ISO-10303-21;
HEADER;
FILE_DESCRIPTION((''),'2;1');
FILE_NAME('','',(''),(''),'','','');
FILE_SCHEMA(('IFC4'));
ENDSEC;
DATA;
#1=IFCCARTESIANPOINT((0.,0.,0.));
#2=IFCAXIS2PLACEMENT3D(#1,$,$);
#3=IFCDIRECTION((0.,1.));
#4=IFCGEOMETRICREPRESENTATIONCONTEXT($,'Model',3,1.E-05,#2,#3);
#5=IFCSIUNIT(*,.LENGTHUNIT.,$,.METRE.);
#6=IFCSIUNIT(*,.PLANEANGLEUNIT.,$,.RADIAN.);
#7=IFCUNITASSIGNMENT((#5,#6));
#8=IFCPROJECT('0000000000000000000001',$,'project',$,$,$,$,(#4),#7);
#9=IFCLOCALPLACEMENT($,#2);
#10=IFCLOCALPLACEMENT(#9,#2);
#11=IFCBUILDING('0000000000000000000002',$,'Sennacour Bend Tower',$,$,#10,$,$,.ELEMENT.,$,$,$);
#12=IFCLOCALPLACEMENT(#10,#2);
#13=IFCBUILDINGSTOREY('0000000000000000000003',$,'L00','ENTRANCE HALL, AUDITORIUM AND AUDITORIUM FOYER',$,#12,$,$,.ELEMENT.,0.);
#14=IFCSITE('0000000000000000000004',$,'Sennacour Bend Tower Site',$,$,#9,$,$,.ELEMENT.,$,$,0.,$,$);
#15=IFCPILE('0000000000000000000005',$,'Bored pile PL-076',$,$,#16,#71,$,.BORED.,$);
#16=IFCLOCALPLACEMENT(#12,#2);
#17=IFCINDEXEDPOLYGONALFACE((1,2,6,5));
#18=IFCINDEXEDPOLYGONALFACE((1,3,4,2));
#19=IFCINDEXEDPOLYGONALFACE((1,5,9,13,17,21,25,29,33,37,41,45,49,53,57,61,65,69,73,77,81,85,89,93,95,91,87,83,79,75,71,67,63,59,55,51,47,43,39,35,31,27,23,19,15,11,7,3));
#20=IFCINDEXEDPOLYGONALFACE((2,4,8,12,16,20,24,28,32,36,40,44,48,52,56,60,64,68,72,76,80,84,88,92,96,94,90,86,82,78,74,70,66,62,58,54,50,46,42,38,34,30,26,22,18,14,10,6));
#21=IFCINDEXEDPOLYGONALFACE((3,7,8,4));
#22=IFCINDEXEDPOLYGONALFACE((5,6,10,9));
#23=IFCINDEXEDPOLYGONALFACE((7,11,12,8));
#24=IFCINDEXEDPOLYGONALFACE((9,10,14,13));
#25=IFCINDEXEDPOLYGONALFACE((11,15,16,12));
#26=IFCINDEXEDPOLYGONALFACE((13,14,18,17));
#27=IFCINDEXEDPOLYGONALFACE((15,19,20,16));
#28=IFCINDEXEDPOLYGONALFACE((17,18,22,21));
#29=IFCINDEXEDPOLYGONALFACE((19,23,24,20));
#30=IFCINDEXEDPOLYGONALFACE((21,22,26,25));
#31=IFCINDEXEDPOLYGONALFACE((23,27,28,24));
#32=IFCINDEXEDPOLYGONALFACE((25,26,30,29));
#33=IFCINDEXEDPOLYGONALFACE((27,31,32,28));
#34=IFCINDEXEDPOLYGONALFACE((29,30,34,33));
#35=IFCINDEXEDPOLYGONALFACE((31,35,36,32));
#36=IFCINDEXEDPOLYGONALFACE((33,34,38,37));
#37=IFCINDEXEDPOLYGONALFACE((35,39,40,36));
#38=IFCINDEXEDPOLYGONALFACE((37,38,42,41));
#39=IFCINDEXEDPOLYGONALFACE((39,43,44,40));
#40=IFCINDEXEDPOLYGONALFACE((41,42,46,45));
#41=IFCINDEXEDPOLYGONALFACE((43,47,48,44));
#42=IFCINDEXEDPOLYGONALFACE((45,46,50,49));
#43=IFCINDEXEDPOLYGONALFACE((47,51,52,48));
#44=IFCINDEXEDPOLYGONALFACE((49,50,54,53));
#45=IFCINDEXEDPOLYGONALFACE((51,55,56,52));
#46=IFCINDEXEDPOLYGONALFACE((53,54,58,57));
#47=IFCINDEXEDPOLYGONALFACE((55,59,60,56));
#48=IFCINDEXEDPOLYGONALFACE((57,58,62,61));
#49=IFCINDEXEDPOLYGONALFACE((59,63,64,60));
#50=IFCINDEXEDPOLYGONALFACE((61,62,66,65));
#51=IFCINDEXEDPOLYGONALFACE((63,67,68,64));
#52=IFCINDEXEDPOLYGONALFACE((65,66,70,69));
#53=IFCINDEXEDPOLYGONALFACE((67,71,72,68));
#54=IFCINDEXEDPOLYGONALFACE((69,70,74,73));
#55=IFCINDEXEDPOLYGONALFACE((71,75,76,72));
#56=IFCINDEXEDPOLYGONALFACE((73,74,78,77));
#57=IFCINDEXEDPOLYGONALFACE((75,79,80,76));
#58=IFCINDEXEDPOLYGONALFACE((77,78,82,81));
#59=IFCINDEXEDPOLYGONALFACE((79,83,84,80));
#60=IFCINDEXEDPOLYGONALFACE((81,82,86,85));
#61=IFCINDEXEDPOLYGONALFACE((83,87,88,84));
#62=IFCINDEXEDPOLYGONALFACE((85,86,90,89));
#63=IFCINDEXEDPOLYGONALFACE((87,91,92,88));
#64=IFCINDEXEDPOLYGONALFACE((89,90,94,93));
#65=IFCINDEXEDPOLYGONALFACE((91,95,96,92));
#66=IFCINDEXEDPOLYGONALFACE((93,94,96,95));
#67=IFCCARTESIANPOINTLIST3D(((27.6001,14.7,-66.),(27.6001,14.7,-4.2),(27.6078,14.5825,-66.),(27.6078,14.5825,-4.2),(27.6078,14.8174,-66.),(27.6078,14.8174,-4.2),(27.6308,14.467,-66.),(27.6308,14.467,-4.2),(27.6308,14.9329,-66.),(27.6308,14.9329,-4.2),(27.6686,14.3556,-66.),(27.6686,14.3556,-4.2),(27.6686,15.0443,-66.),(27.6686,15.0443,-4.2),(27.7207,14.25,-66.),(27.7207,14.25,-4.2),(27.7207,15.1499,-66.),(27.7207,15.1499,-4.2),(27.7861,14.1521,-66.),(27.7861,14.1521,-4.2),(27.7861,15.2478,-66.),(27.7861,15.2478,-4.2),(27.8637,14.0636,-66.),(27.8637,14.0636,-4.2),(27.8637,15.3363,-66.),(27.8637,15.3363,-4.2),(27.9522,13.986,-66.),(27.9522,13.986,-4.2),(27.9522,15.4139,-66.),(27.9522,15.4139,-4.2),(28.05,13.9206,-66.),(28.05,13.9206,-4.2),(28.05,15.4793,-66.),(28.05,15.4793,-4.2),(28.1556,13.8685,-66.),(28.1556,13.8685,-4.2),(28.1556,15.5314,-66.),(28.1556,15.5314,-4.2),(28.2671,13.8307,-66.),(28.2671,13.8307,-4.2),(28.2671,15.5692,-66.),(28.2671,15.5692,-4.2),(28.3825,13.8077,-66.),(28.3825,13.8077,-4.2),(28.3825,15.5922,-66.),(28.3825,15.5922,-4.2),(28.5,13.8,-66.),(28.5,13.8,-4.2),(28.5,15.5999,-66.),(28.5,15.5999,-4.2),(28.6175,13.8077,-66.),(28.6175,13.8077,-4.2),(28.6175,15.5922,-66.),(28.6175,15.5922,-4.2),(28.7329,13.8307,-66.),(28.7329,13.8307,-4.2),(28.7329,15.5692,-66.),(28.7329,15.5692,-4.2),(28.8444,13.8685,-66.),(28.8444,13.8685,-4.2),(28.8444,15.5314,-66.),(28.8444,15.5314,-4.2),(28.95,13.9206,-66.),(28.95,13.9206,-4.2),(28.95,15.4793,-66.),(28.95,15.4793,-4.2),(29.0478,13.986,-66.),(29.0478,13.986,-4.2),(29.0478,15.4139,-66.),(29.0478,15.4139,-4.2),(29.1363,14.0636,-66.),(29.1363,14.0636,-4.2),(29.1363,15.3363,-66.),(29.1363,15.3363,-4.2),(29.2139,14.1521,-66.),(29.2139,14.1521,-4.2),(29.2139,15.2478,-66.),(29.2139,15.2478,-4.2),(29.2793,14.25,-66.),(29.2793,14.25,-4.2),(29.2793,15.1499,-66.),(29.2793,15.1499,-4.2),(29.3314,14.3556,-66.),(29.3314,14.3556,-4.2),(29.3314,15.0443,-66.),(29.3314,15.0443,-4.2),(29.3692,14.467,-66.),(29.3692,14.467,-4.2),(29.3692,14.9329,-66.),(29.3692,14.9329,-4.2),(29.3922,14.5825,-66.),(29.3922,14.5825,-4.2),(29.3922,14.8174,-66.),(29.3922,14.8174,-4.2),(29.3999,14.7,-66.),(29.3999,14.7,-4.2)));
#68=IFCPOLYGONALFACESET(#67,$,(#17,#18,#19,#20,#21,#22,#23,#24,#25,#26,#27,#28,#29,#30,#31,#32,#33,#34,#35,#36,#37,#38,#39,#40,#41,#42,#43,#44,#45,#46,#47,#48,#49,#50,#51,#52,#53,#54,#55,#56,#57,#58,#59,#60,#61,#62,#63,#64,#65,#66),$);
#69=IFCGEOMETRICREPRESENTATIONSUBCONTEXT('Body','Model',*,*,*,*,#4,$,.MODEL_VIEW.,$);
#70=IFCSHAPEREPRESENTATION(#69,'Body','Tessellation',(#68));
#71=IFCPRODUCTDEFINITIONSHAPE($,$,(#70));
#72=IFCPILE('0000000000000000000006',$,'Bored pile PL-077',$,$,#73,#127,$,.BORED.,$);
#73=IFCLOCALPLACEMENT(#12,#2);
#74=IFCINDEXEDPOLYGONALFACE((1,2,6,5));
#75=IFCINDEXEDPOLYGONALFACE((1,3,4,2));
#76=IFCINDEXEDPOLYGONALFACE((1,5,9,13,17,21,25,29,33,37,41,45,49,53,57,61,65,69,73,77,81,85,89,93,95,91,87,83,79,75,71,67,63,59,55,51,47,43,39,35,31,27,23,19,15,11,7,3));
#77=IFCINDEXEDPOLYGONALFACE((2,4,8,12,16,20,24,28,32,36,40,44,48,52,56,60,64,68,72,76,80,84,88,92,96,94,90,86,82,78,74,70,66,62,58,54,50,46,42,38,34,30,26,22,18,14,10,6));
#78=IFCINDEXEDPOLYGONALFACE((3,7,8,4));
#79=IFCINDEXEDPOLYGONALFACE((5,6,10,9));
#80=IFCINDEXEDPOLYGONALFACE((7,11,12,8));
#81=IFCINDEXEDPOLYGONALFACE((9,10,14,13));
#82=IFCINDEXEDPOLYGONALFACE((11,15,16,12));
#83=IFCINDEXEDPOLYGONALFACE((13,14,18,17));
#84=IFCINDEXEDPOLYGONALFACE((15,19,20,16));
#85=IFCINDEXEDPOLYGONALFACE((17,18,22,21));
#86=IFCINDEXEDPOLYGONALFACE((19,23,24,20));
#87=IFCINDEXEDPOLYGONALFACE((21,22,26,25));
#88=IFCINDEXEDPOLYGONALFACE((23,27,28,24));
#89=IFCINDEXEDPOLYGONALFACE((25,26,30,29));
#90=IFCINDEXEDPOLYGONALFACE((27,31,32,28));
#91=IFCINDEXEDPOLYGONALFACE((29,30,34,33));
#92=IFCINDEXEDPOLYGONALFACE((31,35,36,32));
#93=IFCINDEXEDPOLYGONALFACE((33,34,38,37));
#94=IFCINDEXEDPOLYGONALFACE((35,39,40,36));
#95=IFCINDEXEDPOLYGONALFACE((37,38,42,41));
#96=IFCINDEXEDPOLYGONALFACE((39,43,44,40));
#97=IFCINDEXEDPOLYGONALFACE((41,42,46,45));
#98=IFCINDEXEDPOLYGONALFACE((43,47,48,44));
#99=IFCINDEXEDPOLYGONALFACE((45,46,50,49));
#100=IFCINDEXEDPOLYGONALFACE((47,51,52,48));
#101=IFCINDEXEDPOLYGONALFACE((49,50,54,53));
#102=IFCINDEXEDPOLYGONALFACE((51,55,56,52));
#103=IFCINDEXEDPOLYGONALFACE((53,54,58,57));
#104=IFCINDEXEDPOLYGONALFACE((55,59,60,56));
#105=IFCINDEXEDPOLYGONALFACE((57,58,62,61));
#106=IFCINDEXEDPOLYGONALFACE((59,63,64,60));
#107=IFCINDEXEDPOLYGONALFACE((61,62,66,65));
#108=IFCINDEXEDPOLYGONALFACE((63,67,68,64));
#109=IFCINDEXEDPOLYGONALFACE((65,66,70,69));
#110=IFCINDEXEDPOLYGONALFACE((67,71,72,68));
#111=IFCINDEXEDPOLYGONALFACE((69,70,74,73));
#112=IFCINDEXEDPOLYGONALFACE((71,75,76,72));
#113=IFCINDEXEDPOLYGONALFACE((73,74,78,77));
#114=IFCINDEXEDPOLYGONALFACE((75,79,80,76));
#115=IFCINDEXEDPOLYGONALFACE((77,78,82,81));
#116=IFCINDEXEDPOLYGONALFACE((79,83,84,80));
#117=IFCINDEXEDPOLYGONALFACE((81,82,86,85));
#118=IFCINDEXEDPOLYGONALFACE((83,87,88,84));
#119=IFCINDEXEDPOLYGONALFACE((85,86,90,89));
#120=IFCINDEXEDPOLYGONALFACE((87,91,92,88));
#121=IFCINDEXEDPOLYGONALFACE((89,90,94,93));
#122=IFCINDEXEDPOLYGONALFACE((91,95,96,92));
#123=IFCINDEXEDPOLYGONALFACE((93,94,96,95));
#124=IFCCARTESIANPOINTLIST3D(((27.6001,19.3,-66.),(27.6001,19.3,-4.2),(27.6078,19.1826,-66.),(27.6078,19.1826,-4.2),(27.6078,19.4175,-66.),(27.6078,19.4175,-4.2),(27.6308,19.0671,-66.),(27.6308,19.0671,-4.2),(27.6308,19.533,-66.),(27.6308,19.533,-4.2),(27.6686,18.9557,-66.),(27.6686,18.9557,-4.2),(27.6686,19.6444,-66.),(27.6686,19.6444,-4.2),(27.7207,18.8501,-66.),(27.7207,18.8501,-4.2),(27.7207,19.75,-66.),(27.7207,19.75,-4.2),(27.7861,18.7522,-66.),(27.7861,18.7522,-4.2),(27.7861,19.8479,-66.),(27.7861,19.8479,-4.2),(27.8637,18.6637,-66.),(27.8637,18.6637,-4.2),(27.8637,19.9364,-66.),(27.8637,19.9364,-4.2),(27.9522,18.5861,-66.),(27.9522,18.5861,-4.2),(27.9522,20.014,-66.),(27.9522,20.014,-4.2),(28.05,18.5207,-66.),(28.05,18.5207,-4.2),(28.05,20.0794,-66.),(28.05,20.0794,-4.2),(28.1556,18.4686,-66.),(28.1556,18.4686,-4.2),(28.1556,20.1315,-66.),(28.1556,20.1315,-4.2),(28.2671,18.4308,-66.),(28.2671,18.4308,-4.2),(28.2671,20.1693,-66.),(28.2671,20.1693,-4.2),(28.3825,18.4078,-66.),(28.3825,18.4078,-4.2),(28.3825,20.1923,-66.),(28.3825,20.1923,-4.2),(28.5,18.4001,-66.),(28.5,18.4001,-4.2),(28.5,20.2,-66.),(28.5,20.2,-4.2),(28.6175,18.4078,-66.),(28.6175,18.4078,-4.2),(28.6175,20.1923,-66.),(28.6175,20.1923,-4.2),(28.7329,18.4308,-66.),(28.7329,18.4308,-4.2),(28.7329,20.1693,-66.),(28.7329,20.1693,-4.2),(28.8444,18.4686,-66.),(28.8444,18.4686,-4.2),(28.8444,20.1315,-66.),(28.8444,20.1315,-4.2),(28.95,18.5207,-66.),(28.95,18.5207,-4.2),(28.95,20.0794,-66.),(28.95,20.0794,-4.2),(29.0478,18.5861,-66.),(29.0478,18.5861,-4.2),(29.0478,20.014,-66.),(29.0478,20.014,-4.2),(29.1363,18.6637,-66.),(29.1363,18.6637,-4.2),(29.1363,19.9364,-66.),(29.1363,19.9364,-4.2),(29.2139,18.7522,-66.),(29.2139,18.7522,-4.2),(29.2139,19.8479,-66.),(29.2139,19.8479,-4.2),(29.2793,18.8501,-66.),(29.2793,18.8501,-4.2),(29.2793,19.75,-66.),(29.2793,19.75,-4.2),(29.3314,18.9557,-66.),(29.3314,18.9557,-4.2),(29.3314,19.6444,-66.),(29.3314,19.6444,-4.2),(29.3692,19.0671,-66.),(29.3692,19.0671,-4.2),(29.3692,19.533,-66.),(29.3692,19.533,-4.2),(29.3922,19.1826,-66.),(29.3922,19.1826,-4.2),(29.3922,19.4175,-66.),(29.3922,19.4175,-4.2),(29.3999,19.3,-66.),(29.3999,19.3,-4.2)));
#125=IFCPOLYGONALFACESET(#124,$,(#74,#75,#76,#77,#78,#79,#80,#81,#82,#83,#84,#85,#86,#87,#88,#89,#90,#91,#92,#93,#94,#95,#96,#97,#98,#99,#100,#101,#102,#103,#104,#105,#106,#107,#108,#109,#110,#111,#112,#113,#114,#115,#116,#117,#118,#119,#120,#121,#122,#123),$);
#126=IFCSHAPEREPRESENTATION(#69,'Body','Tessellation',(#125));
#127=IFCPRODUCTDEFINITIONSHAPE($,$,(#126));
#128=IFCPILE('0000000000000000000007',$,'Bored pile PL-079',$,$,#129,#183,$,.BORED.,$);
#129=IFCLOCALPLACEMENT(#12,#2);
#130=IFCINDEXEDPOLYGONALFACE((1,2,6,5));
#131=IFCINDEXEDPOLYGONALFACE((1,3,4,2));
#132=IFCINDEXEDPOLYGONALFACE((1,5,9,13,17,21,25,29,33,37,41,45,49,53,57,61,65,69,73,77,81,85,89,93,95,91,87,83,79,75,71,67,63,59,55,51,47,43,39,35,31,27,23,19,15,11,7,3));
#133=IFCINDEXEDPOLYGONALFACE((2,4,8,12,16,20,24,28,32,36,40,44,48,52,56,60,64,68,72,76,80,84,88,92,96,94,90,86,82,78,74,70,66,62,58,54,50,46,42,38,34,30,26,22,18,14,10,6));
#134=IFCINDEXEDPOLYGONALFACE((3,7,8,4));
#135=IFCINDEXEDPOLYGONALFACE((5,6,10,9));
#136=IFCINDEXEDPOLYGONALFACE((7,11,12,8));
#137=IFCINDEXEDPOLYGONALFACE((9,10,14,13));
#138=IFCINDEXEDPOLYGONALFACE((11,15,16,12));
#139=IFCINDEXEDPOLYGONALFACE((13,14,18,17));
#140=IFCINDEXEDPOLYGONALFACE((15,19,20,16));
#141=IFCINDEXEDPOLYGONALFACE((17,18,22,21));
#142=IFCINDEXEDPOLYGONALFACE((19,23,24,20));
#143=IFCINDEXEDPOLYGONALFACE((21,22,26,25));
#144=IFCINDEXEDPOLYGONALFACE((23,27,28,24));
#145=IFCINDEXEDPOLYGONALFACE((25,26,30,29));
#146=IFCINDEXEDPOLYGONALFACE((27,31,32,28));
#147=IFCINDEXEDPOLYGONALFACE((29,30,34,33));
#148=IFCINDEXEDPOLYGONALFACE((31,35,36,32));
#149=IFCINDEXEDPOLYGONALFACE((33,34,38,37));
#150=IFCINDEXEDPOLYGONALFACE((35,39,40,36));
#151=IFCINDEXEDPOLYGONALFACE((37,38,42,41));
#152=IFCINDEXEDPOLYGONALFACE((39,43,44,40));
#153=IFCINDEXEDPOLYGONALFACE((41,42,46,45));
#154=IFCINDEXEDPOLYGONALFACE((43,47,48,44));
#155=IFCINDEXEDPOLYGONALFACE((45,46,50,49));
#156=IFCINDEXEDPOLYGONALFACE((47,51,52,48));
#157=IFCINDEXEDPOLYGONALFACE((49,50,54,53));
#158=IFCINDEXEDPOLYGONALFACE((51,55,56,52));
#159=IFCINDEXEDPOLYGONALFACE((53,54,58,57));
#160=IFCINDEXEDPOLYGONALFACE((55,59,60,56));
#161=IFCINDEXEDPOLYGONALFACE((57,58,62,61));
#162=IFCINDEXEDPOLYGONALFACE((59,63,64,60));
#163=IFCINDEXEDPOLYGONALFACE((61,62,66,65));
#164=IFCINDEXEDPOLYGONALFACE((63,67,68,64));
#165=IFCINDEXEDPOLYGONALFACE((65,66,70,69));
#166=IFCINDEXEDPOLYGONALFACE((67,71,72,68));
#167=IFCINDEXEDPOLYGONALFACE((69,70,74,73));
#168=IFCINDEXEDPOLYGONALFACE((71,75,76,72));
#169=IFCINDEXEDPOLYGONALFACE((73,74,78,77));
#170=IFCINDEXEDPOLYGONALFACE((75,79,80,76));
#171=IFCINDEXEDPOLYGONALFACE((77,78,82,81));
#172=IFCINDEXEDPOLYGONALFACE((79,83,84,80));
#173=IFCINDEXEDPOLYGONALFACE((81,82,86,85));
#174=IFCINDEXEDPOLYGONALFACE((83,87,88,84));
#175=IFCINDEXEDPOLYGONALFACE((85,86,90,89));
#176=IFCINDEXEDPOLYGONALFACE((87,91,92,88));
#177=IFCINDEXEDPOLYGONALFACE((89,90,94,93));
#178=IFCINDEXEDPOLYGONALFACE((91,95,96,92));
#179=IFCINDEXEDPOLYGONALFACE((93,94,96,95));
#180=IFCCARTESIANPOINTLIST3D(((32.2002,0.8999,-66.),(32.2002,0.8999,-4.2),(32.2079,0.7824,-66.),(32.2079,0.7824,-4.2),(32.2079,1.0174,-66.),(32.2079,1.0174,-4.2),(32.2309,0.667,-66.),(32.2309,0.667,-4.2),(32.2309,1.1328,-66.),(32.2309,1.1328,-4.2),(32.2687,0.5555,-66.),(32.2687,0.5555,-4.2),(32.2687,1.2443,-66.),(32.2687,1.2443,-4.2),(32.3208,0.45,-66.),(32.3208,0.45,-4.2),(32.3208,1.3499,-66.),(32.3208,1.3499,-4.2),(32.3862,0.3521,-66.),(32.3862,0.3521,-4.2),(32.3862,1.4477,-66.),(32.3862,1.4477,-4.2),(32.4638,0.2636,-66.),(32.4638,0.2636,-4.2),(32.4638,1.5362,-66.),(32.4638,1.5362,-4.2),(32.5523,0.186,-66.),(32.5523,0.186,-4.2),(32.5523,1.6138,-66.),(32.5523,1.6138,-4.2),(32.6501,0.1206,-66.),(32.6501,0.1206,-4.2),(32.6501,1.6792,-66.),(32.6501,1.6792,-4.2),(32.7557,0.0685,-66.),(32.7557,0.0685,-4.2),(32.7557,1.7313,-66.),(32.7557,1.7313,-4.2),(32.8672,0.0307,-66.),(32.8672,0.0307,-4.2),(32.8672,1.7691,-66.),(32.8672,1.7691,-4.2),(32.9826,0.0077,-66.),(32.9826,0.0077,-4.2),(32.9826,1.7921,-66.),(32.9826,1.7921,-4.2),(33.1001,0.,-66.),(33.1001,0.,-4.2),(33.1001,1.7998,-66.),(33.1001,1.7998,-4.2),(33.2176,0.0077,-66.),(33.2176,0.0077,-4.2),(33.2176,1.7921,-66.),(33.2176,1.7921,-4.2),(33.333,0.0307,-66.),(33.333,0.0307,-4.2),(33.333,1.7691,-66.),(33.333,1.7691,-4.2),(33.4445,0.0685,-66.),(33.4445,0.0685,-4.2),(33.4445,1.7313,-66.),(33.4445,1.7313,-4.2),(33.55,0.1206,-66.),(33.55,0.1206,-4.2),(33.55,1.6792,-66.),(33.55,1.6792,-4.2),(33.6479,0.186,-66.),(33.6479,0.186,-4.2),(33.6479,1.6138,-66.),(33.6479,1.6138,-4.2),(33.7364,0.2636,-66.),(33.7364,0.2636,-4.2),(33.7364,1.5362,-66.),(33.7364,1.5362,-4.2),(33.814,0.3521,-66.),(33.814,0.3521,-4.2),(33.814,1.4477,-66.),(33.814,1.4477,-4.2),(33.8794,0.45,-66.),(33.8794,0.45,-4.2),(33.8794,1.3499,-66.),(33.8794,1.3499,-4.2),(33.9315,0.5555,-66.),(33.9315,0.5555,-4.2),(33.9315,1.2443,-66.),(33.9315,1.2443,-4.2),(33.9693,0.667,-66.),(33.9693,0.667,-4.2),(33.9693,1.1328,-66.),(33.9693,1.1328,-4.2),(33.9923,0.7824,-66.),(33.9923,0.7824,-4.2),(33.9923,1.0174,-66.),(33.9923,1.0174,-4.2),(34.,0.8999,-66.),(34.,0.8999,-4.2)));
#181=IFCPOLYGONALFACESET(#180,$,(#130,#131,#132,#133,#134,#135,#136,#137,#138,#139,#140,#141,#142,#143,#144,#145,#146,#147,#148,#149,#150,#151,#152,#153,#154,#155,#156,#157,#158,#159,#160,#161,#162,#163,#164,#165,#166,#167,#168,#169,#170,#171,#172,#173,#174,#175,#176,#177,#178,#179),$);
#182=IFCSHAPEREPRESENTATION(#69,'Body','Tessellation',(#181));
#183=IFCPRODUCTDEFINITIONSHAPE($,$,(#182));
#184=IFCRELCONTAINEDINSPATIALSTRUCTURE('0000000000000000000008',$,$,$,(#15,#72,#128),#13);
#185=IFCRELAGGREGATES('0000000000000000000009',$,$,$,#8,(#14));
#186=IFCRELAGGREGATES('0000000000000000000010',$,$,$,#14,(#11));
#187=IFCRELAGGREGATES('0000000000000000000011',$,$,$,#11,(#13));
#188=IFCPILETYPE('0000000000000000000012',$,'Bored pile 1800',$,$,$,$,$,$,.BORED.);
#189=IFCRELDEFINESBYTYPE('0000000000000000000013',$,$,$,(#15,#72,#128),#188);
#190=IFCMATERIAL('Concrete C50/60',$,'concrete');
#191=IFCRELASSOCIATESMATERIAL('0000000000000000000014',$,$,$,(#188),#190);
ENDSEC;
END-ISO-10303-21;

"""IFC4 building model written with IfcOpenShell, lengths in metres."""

from ifc_helpers import new_model, si_unit, direction, frame, origin, origin_2d, place, context, subcontext, project, spatial, circle, extrude, material, material_profile, profile_set, type_object, element, save


model = new_model("IFC4")

# Units and contexts
model_context = context("Model", 3, precision=1e-05, world=origin(), true_north=direction((0.0, 1.0)))
body_context = subcontext(model_context, "Body", "Model", "MODEL_VIEW")
ifc_project = project(units=[si_unit("LENGTHUNIT", "METRE"), si_unit("PLANEANGLEUNIT", "RADIAN")], contexts=[model_context])

# Site, building, storey
site_placement = place(None, origin())
site = spatial("IfcSite", under=ifc_project, at=site_placement, Name="Sennacour Bend Tower Site", CompositionType="ELEMENT", RefElevation=0.0)
building_placement = place(site_placement, origin())
building = spatial("IfcBuilding", under=site, at=building_placement, Name="Sennacour Bend Tower", CompositionType="ELEMENT")
storey_placement = place(building_placement, origin())
storey = spatial("IfcBuildingStorey", under=building, at=storey_placement, Name="L00", Description="ENTRANCE HALL, AUDITORIUM AND AUDITORIUM FOYER", CompositionType="ELEMENT", Elevation=0.0)

# Piles
ifc_material_1 = material(Name="Concrete C50/60", Category="concrete")
ifc_material_profile = material_profile(ifc_material_1, circle(Radius=0.8999, at=origin_2d()), Name="Concrete C50/60", Category="concrete")
ifc_profile_set = profile_set([ifc_material_profile], Name="Concrete C50/60")
pile_type = type_object("IfcPileType", Name="Bored pile 1800", PredefinedType="BORED", material=ifc_profile_set)
for number, where, z_axis, x_axis, name in (
    (1, (28.5, 14.7, -4.2), (0.0, 0.0, -1.0), (1.0, 0.0, 0.0), "Bored pile PL-076"),
    (2, (28.5, 19.3, -4.2), (0.0, 0.0, -1.0), (1.0, 0.0, 0.0), "Bored pile PL-077"),
    (3, (33.1001, 0.8999, -4.2), (0.0, 0.0, -1.0), (1.0, 0.0, 0.0), "Bored pile PL-079"),
):
    element("IfcPile", number, at=place(storey_placement, frame(where, z_axis=z_axis, x_axis=x_axis)), inside=storey, type_object=pile_type, Name=name, PredefinedType="BORED", context=body_context, shape_type="SweptSolid", body=[
        extrude(circle(Radius=0.8999, at=origin_2d()), origin(), (0.0, 0.0, 1.0), 61.8),
    ])

save(model, "model.ifc")
